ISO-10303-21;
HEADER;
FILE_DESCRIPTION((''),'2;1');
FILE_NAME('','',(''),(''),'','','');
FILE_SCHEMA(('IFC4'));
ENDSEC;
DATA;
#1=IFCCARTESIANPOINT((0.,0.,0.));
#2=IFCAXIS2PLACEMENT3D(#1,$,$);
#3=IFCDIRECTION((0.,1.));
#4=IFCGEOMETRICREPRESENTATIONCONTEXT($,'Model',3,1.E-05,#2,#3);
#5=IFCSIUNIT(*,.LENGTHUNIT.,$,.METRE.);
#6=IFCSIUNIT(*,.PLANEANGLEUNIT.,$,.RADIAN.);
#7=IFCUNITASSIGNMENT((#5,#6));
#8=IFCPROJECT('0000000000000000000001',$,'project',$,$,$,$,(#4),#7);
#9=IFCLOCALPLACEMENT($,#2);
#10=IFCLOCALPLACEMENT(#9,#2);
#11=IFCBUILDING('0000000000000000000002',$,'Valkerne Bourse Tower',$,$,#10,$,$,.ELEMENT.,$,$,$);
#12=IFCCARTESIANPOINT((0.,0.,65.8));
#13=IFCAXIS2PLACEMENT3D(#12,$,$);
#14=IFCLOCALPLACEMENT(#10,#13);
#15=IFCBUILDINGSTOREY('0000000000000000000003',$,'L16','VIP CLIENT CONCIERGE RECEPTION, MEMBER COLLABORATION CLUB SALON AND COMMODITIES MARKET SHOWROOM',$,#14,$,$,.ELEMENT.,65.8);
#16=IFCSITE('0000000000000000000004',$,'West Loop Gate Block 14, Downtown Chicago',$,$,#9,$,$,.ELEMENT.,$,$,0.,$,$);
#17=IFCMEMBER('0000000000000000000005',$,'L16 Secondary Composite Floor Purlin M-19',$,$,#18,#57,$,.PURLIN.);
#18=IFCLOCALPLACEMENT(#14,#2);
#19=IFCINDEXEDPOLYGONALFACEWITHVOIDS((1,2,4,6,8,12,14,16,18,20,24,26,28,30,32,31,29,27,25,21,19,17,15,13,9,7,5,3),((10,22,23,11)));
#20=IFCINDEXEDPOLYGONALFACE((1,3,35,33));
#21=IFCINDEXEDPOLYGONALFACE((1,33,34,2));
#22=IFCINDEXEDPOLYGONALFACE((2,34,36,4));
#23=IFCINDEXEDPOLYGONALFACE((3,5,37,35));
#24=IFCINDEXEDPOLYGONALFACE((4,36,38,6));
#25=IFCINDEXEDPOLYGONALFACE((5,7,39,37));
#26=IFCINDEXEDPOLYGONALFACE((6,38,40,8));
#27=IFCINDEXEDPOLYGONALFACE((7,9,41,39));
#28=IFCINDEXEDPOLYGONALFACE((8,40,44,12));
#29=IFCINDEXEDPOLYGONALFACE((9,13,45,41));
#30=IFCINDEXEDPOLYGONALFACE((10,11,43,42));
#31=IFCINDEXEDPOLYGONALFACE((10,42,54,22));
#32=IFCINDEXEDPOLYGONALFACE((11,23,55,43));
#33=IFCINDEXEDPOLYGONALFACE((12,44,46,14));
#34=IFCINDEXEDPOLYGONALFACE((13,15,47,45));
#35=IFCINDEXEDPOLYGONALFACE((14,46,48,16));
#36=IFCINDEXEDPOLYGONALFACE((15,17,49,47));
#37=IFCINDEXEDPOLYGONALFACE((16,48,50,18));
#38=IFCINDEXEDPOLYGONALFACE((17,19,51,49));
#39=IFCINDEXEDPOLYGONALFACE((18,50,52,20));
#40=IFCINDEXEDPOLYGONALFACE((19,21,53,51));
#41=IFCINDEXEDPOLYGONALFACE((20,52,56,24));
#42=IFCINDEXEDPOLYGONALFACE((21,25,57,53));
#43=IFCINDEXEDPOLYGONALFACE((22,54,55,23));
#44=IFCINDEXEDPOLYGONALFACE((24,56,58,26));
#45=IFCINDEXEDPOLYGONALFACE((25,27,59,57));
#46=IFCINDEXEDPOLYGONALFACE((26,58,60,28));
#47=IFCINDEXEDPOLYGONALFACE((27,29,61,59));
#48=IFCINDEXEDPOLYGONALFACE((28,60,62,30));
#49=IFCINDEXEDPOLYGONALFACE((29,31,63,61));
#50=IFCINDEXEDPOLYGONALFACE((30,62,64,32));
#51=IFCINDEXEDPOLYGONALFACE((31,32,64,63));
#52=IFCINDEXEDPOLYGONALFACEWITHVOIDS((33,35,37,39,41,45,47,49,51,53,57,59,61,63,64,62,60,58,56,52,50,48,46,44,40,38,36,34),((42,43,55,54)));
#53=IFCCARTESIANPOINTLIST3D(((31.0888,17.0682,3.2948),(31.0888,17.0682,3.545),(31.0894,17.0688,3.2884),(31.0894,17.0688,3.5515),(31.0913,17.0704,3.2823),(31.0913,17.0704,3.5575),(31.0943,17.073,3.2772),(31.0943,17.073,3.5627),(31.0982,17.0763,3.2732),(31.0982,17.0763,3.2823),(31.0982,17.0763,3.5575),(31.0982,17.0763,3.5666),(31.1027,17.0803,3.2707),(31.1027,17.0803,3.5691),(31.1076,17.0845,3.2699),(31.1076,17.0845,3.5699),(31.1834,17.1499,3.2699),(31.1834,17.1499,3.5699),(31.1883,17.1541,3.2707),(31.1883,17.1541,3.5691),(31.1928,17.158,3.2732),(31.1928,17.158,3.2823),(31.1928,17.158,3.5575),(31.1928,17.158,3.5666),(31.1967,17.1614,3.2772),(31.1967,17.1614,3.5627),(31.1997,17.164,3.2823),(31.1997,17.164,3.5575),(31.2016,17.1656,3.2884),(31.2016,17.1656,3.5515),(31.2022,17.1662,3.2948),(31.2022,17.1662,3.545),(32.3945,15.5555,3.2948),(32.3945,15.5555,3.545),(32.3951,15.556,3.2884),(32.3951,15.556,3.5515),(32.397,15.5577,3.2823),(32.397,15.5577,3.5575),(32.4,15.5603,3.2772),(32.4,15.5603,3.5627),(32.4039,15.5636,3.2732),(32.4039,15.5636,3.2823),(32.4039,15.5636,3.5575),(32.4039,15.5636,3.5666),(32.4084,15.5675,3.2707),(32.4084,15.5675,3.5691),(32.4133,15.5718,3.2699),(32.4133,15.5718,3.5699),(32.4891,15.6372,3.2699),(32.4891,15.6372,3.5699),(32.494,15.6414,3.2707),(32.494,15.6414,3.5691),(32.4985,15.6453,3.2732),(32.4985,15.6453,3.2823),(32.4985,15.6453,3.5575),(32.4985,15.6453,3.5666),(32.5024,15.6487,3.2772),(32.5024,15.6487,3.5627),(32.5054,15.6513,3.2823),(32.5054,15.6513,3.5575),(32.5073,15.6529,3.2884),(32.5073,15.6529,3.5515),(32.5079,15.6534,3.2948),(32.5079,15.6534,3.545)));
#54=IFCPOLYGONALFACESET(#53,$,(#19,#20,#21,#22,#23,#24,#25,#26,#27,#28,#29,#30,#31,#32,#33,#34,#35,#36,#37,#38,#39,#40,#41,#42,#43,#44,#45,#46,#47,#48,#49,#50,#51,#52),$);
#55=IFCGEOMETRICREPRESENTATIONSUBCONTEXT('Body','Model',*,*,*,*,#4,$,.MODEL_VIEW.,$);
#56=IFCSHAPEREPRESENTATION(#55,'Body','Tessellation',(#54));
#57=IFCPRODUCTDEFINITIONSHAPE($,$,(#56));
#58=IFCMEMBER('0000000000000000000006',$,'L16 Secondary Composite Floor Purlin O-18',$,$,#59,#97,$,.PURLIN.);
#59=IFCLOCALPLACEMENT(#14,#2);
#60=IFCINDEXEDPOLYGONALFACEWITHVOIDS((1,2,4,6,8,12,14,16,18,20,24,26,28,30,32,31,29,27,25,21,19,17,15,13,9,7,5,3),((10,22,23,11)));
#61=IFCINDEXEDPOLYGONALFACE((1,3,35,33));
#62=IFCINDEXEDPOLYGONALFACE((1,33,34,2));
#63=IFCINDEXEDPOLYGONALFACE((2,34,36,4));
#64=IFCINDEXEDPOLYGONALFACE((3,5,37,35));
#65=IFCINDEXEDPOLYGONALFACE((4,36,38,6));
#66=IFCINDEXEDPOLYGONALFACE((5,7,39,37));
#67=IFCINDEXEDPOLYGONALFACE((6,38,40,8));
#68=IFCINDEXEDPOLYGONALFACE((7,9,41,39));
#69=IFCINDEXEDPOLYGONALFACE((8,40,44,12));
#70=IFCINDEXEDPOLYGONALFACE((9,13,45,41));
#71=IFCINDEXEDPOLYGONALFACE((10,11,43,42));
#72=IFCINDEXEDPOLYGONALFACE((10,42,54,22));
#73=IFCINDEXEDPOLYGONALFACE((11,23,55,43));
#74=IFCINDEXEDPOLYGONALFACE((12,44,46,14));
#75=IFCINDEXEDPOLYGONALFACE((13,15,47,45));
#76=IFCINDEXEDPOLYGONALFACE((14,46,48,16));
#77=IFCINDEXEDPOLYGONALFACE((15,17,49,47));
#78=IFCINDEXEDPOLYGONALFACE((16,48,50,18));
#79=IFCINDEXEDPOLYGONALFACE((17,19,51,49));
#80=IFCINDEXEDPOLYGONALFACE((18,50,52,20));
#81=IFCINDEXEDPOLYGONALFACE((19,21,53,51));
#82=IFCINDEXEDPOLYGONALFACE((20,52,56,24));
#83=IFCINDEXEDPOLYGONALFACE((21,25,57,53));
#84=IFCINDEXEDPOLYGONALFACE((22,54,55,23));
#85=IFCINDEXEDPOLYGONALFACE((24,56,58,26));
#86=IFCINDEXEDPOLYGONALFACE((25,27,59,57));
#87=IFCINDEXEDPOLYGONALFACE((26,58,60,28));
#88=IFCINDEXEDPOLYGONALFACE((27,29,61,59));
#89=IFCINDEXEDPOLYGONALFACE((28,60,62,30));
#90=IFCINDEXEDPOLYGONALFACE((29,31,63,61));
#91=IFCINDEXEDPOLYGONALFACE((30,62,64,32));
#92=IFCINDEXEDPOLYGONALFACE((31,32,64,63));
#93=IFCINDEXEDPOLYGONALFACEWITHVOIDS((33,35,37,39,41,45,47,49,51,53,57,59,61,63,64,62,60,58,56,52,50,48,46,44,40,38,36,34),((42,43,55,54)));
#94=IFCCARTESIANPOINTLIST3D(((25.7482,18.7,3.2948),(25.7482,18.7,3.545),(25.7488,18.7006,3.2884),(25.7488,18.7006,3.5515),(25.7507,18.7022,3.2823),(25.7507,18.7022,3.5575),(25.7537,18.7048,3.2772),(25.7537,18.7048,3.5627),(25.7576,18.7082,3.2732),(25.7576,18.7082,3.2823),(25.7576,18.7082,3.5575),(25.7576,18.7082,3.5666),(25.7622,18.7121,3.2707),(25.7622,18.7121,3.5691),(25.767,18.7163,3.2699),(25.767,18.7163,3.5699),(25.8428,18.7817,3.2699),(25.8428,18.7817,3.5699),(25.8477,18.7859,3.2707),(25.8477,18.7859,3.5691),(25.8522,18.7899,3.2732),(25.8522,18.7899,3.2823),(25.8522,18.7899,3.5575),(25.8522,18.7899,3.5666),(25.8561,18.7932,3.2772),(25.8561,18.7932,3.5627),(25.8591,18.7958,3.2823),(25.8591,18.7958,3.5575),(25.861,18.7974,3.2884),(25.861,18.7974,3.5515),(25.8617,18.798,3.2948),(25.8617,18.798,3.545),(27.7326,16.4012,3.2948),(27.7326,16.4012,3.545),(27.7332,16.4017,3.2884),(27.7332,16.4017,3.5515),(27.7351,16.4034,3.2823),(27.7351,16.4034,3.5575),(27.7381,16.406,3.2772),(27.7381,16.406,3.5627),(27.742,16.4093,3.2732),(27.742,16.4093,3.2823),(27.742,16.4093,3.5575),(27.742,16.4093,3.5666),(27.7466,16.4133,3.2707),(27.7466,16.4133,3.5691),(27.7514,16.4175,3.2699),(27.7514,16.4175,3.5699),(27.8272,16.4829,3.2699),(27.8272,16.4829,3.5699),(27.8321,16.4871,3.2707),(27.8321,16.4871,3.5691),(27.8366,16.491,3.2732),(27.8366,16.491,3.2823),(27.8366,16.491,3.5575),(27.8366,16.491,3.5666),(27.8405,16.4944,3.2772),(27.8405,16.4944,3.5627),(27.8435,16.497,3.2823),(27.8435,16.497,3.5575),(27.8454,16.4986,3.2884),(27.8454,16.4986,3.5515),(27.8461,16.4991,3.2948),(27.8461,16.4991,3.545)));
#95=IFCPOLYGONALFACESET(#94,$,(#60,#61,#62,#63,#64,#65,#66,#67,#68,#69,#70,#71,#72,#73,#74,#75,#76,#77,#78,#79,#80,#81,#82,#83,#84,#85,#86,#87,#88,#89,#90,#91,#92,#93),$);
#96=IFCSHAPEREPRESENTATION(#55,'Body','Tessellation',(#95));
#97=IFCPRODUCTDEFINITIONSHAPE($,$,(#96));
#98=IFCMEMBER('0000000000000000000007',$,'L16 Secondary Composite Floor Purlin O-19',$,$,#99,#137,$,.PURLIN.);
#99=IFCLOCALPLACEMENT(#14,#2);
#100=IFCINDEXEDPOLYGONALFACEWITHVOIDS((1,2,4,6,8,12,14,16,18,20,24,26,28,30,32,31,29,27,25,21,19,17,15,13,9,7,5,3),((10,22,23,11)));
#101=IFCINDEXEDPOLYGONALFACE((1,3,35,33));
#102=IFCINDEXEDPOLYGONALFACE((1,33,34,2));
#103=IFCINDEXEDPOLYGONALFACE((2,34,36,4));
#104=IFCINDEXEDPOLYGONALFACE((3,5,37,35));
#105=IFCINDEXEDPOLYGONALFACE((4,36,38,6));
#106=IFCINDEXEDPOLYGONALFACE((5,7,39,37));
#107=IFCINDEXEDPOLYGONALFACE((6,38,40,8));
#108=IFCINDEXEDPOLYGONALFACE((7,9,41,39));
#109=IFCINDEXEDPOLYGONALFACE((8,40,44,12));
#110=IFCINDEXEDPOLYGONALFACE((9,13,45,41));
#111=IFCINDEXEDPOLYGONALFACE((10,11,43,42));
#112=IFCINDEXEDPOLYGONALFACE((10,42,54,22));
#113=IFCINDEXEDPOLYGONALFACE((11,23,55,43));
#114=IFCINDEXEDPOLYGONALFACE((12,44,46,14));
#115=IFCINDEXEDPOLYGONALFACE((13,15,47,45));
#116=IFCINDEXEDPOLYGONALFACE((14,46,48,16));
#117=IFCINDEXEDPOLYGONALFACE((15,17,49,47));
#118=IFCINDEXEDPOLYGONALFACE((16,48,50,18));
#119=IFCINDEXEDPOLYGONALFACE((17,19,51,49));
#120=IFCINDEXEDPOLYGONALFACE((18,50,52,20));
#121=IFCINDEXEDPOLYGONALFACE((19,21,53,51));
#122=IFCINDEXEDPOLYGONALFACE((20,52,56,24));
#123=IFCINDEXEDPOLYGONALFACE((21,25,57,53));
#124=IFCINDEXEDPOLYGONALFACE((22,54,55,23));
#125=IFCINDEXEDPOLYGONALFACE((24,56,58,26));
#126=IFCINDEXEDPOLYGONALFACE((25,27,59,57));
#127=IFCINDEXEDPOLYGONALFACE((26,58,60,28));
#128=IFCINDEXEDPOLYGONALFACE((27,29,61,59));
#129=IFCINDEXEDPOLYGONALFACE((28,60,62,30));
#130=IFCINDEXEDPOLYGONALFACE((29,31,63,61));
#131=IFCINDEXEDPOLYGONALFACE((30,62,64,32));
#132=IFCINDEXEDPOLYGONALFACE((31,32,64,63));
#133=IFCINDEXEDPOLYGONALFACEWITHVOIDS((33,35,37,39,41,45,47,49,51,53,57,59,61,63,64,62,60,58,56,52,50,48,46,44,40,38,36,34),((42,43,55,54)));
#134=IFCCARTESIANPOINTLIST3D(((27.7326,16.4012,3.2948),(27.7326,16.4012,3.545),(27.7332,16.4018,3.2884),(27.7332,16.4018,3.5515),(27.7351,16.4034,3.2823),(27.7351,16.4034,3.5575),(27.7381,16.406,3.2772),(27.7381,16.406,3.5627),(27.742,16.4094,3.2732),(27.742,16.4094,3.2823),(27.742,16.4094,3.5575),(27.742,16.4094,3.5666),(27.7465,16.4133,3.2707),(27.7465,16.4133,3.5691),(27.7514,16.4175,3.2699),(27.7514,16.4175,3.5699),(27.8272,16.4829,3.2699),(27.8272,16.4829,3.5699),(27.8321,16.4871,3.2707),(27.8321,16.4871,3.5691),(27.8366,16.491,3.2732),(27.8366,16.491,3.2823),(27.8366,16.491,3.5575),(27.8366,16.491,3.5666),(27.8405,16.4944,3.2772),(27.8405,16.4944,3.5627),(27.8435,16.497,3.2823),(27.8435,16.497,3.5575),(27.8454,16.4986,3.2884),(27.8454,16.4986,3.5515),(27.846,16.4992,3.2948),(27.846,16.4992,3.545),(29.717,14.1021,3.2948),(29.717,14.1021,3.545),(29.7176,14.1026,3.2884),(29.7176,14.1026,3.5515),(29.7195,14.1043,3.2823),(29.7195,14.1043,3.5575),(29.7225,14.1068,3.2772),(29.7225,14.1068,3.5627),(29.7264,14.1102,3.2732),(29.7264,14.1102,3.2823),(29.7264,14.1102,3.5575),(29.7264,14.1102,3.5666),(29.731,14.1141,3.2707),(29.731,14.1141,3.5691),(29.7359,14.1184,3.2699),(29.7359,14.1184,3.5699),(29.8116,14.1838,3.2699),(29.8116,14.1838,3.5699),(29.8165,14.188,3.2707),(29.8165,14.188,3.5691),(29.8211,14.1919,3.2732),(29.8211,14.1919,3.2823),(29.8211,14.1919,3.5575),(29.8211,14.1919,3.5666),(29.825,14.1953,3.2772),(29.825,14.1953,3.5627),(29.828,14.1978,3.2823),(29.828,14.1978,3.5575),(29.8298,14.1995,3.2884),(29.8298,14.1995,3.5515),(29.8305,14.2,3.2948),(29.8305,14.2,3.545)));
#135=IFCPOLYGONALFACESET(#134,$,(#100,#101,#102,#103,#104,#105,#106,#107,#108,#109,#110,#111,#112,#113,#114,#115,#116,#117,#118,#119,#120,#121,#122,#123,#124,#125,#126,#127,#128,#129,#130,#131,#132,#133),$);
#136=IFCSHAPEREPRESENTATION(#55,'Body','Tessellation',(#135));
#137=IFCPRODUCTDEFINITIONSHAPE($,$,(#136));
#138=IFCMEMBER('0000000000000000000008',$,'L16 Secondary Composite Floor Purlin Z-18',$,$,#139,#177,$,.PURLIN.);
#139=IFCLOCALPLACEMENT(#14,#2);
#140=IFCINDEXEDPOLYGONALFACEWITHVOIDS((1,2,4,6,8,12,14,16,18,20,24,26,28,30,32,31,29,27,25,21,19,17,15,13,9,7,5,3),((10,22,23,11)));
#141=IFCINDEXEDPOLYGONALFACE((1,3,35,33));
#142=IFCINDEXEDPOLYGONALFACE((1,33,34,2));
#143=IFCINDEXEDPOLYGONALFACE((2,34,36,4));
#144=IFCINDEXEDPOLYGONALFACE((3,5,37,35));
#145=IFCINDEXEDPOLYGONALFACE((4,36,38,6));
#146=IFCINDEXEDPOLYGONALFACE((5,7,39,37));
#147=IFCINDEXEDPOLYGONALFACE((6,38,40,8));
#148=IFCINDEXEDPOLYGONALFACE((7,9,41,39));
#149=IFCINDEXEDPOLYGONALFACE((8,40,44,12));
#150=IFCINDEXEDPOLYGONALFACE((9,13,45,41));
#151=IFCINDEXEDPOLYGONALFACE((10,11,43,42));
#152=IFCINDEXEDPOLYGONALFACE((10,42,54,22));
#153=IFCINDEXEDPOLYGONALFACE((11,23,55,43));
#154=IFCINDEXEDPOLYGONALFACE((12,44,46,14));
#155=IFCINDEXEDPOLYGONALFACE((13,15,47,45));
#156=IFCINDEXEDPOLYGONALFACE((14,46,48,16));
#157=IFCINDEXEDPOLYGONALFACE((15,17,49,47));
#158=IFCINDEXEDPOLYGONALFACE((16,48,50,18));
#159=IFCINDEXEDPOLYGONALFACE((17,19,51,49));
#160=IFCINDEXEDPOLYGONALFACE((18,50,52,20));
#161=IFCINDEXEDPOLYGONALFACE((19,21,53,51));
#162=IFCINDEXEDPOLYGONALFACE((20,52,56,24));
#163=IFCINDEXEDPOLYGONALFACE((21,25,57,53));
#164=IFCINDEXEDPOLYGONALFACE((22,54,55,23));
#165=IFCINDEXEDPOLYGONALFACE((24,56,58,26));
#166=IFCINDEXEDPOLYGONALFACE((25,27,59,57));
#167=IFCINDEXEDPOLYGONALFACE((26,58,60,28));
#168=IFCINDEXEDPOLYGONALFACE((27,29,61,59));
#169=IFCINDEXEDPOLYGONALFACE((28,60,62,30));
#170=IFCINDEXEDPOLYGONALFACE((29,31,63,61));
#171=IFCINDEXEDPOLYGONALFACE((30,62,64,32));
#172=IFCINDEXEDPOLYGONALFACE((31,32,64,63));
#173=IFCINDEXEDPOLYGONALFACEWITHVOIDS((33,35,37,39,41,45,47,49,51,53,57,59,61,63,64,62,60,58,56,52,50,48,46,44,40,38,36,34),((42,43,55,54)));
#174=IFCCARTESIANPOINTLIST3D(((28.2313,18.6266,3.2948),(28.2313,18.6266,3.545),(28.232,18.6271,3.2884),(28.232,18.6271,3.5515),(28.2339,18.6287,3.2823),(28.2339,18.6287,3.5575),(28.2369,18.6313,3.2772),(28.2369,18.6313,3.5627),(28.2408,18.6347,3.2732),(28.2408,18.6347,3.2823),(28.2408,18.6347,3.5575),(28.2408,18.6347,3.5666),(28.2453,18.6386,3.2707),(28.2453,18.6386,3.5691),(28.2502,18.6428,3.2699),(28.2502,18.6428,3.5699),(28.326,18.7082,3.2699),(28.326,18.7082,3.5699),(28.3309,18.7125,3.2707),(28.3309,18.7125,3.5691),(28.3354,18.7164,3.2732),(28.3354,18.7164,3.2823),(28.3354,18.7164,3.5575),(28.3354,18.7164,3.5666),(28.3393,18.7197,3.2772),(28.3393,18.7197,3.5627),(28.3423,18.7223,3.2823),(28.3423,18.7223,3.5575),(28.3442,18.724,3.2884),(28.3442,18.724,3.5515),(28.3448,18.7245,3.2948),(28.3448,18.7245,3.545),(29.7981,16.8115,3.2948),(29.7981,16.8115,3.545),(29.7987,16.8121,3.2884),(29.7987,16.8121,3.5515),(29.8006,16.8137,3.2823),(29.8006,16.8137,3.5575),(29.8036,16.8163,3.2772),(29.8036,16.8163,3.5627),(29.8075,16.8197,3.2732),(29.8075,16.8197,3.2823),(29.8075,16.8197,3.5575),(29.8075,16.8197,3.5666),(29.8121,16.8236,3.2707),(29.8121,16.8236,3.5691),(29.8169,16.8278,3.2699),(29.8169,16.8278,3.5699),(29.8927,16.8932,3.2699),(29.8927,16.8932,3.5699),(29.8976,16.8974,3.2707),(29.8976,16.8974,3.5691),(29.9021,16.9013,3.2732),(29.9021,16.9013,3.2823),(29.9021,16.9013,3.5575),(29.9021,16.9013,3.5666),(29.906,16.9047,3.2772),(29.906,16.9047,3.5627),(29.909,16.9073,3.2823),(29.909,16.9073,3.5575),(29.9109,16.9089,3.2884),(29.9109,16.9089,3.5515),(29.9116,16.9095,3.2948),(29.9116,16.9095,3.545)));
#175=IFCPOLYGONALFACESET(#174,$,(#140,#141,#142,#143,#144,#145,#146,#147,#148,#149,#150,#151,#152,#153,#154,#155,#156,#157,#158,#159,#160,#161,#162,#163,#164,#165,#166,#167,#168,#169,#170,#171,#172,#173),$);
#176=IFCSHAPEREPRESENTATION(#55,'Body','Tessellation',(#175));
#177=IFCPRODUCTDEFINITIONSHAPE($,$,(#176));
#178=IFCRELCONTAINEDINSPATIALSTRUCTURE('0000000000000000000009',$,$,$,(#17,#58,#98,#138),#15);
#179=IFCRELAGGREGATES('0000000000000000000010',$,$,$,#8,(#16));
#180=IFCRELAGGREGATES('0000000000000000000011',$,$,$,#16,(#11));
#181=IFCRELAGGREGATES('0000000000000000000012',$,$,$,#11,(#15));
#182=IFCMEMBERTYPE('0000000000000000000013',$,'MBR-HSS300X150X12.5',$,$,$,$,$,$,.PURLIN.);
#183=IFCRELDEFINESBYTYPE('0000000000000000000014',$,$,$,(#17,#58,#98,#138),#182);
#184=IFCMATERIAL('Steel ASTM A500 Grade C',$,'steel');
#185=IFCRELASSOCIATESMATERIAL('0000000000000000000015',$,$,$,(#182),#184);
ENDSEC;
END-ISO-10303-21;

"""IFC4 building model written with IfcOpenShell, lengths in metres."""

from ifc_helpers import new_model, si_unit, direction, frame, origin, origin_2d, place, context, subcontext, project, spatial, hollow_rectangle, extrude, material, material_profile, profile_set, type_object, element, save


model = new_model("IFC4")

# Units and contexts
model_context = context("Model", 3, precision=1e-05, world=origin(), true_north=direction((0.0, 1.0)))
body_context = subcontext(model_context, "Body", "Model", "MODEL_VIEW")
ifc_project = project(units=[si_unit("LENGTHUNIT", "METRE"), si_unit("PLANEANGLEUNIT", "RADIAN")], contexts=[model_context])

# Site, building, storey
site_placement = place(None, origin())
site = spatial("IfcSite", under=ifc_project, at=site_placement, Name="West Loop Gate Block 14, Downtown Chicago", CompositionType="ELEMENT", RefElevation=0.0)
building_placement = place(site_placement, origin())
building = spatial("IfcBuilding", under=site, at=building_placement, Name="Valkerne Bourse Tower", CompositionType="ELEMENT")
storey_placement = place(building_placement, frame((0.0, 0.0, 65.8)))
storey = spatial("IfcBuildingStorey", under=building, at=storey_placement, Name="L16", Description="VIP CLIENT CONCIERGE RECEPTION, MEMBER COLLABORATION CLUB SALON AND COMMODITIES MARKET SHOWROOM", CompositionType="ELEMENT", Elevation=65.8)

# Members
ifc_material_1 = material(Name="Steel ASTM A500 Grade C", Category="steel")
ifc_material_profile_1 = material_profile(ifc_material_1, hollow_rectangle(XDim=0.1499, YDim=0.3, WallThickness=0.0125, OuterFilletRadius=0.0249, at=origin_2d()), Name="HSS300X150X12.5")
ifc_profile_set_1 = profile_set([ifc_material_profile_1], Name="Steel ASTM A500 Grade C")
member_type_1 = type_object("IfcMemberType", Name="MBR-HSS300X150X12.5", PredefinedType="PURLIN", material=ifc_profile_set_1)
member_1_placement = place(storey_placement, frame((31.1455, 17.1172, 3.4199), z_axis=(0.653404, -0.75701, 0.0), x_axis=(0.75701, 0.653404, 0.0)))
element("IfcMember", 1, at=member_1_placement, inside=storey, type_object=member_type_1, Name="L16 Secondary Composite Floor Purlin M-19", PredefinedType="PURLIN", context=body_context, shape_type="SweptSolid", body=[
    extrude(hollow_rectangle(XDim=0.1499, YDim=0.3, WallThickness=0.0125, OuterFilletRadius=0.0249, at=origin_2d()), origin(), (0.0, 0.0, 1.0), 1.9983),
])
member_2_placement = place(storey_placement, frame((25.8049, 18.749, 3.4199), z_axis=(0.653436, -0.756982, 0.0), x_axis=(0.756982, 0.653436, 0.0)))
element("IfcMember", 2, at=member_2_placement, inside=storey, type_object=member_type_1, Name="L16 Secondary Composite Floor Purlin O-18", PredefinedType="PURLIN", context=body_context, shape_type="SweptSolid", body=[
    extrude(hollow_rectangle(XDim=0.1499, YDim=0.3, WallThickness=0.0125, OuterFilletRadius=0.0249, at=origin_2d()), origin(), (0.0, 0.0, 1.0), 3.0369),
])
member_3_placement = place(storey_placement, frame((27.7893, 16.4502, 3.4199), z_axis=(0.653396, -0.757016, 0.0), x_axis=(0.757016, 0.653396, 0.0)))
element("IfcMember", 3, at=member_3_placement, inside=storey, type_object=member_type_1, Name="L16 Secondary Composite Floor Purlin O-19", PredefinedType="PURLIN", context=body_context, shape_type="SweptSolid", body=[
    extrude(hollow_rectangle(XDim=0.1499, YDim=0.3, WallThickness=0.0125, OuterFilletRadius=0.0249, at=origin_2d()), origin(), (0.0, 0.0, 1.0), 3.0371),
])
for number, where, z_axis, x_axis, name in (
    (4, (28.2881, 18.6755, 3.4199), (0.653429, -0.756988, 0.0), (0.756988, 0.653429, 0.0), "L16 Secondary Composite Floor Purlin Z-18"),
):
    element("IfcMember", number, at=place(storey_placement, frame(where, z_axis=z_axis, x_axis=x_axis)), inside=storey, type_object=member_type_1, Name=name, PredefinedType="PURLIN", context=body_context, shape_type="SweptSolid", body=[
        extrude(hollow_rectangle(XDim=0.1499, YDim=0.3, WallThickness=0.0125, OuterFilletRadius=0.0249, at=origin_2d()), origin(), (0.0, 0.0, 1.0), 2.3977),
    ])

save(model, "model.ifc")
